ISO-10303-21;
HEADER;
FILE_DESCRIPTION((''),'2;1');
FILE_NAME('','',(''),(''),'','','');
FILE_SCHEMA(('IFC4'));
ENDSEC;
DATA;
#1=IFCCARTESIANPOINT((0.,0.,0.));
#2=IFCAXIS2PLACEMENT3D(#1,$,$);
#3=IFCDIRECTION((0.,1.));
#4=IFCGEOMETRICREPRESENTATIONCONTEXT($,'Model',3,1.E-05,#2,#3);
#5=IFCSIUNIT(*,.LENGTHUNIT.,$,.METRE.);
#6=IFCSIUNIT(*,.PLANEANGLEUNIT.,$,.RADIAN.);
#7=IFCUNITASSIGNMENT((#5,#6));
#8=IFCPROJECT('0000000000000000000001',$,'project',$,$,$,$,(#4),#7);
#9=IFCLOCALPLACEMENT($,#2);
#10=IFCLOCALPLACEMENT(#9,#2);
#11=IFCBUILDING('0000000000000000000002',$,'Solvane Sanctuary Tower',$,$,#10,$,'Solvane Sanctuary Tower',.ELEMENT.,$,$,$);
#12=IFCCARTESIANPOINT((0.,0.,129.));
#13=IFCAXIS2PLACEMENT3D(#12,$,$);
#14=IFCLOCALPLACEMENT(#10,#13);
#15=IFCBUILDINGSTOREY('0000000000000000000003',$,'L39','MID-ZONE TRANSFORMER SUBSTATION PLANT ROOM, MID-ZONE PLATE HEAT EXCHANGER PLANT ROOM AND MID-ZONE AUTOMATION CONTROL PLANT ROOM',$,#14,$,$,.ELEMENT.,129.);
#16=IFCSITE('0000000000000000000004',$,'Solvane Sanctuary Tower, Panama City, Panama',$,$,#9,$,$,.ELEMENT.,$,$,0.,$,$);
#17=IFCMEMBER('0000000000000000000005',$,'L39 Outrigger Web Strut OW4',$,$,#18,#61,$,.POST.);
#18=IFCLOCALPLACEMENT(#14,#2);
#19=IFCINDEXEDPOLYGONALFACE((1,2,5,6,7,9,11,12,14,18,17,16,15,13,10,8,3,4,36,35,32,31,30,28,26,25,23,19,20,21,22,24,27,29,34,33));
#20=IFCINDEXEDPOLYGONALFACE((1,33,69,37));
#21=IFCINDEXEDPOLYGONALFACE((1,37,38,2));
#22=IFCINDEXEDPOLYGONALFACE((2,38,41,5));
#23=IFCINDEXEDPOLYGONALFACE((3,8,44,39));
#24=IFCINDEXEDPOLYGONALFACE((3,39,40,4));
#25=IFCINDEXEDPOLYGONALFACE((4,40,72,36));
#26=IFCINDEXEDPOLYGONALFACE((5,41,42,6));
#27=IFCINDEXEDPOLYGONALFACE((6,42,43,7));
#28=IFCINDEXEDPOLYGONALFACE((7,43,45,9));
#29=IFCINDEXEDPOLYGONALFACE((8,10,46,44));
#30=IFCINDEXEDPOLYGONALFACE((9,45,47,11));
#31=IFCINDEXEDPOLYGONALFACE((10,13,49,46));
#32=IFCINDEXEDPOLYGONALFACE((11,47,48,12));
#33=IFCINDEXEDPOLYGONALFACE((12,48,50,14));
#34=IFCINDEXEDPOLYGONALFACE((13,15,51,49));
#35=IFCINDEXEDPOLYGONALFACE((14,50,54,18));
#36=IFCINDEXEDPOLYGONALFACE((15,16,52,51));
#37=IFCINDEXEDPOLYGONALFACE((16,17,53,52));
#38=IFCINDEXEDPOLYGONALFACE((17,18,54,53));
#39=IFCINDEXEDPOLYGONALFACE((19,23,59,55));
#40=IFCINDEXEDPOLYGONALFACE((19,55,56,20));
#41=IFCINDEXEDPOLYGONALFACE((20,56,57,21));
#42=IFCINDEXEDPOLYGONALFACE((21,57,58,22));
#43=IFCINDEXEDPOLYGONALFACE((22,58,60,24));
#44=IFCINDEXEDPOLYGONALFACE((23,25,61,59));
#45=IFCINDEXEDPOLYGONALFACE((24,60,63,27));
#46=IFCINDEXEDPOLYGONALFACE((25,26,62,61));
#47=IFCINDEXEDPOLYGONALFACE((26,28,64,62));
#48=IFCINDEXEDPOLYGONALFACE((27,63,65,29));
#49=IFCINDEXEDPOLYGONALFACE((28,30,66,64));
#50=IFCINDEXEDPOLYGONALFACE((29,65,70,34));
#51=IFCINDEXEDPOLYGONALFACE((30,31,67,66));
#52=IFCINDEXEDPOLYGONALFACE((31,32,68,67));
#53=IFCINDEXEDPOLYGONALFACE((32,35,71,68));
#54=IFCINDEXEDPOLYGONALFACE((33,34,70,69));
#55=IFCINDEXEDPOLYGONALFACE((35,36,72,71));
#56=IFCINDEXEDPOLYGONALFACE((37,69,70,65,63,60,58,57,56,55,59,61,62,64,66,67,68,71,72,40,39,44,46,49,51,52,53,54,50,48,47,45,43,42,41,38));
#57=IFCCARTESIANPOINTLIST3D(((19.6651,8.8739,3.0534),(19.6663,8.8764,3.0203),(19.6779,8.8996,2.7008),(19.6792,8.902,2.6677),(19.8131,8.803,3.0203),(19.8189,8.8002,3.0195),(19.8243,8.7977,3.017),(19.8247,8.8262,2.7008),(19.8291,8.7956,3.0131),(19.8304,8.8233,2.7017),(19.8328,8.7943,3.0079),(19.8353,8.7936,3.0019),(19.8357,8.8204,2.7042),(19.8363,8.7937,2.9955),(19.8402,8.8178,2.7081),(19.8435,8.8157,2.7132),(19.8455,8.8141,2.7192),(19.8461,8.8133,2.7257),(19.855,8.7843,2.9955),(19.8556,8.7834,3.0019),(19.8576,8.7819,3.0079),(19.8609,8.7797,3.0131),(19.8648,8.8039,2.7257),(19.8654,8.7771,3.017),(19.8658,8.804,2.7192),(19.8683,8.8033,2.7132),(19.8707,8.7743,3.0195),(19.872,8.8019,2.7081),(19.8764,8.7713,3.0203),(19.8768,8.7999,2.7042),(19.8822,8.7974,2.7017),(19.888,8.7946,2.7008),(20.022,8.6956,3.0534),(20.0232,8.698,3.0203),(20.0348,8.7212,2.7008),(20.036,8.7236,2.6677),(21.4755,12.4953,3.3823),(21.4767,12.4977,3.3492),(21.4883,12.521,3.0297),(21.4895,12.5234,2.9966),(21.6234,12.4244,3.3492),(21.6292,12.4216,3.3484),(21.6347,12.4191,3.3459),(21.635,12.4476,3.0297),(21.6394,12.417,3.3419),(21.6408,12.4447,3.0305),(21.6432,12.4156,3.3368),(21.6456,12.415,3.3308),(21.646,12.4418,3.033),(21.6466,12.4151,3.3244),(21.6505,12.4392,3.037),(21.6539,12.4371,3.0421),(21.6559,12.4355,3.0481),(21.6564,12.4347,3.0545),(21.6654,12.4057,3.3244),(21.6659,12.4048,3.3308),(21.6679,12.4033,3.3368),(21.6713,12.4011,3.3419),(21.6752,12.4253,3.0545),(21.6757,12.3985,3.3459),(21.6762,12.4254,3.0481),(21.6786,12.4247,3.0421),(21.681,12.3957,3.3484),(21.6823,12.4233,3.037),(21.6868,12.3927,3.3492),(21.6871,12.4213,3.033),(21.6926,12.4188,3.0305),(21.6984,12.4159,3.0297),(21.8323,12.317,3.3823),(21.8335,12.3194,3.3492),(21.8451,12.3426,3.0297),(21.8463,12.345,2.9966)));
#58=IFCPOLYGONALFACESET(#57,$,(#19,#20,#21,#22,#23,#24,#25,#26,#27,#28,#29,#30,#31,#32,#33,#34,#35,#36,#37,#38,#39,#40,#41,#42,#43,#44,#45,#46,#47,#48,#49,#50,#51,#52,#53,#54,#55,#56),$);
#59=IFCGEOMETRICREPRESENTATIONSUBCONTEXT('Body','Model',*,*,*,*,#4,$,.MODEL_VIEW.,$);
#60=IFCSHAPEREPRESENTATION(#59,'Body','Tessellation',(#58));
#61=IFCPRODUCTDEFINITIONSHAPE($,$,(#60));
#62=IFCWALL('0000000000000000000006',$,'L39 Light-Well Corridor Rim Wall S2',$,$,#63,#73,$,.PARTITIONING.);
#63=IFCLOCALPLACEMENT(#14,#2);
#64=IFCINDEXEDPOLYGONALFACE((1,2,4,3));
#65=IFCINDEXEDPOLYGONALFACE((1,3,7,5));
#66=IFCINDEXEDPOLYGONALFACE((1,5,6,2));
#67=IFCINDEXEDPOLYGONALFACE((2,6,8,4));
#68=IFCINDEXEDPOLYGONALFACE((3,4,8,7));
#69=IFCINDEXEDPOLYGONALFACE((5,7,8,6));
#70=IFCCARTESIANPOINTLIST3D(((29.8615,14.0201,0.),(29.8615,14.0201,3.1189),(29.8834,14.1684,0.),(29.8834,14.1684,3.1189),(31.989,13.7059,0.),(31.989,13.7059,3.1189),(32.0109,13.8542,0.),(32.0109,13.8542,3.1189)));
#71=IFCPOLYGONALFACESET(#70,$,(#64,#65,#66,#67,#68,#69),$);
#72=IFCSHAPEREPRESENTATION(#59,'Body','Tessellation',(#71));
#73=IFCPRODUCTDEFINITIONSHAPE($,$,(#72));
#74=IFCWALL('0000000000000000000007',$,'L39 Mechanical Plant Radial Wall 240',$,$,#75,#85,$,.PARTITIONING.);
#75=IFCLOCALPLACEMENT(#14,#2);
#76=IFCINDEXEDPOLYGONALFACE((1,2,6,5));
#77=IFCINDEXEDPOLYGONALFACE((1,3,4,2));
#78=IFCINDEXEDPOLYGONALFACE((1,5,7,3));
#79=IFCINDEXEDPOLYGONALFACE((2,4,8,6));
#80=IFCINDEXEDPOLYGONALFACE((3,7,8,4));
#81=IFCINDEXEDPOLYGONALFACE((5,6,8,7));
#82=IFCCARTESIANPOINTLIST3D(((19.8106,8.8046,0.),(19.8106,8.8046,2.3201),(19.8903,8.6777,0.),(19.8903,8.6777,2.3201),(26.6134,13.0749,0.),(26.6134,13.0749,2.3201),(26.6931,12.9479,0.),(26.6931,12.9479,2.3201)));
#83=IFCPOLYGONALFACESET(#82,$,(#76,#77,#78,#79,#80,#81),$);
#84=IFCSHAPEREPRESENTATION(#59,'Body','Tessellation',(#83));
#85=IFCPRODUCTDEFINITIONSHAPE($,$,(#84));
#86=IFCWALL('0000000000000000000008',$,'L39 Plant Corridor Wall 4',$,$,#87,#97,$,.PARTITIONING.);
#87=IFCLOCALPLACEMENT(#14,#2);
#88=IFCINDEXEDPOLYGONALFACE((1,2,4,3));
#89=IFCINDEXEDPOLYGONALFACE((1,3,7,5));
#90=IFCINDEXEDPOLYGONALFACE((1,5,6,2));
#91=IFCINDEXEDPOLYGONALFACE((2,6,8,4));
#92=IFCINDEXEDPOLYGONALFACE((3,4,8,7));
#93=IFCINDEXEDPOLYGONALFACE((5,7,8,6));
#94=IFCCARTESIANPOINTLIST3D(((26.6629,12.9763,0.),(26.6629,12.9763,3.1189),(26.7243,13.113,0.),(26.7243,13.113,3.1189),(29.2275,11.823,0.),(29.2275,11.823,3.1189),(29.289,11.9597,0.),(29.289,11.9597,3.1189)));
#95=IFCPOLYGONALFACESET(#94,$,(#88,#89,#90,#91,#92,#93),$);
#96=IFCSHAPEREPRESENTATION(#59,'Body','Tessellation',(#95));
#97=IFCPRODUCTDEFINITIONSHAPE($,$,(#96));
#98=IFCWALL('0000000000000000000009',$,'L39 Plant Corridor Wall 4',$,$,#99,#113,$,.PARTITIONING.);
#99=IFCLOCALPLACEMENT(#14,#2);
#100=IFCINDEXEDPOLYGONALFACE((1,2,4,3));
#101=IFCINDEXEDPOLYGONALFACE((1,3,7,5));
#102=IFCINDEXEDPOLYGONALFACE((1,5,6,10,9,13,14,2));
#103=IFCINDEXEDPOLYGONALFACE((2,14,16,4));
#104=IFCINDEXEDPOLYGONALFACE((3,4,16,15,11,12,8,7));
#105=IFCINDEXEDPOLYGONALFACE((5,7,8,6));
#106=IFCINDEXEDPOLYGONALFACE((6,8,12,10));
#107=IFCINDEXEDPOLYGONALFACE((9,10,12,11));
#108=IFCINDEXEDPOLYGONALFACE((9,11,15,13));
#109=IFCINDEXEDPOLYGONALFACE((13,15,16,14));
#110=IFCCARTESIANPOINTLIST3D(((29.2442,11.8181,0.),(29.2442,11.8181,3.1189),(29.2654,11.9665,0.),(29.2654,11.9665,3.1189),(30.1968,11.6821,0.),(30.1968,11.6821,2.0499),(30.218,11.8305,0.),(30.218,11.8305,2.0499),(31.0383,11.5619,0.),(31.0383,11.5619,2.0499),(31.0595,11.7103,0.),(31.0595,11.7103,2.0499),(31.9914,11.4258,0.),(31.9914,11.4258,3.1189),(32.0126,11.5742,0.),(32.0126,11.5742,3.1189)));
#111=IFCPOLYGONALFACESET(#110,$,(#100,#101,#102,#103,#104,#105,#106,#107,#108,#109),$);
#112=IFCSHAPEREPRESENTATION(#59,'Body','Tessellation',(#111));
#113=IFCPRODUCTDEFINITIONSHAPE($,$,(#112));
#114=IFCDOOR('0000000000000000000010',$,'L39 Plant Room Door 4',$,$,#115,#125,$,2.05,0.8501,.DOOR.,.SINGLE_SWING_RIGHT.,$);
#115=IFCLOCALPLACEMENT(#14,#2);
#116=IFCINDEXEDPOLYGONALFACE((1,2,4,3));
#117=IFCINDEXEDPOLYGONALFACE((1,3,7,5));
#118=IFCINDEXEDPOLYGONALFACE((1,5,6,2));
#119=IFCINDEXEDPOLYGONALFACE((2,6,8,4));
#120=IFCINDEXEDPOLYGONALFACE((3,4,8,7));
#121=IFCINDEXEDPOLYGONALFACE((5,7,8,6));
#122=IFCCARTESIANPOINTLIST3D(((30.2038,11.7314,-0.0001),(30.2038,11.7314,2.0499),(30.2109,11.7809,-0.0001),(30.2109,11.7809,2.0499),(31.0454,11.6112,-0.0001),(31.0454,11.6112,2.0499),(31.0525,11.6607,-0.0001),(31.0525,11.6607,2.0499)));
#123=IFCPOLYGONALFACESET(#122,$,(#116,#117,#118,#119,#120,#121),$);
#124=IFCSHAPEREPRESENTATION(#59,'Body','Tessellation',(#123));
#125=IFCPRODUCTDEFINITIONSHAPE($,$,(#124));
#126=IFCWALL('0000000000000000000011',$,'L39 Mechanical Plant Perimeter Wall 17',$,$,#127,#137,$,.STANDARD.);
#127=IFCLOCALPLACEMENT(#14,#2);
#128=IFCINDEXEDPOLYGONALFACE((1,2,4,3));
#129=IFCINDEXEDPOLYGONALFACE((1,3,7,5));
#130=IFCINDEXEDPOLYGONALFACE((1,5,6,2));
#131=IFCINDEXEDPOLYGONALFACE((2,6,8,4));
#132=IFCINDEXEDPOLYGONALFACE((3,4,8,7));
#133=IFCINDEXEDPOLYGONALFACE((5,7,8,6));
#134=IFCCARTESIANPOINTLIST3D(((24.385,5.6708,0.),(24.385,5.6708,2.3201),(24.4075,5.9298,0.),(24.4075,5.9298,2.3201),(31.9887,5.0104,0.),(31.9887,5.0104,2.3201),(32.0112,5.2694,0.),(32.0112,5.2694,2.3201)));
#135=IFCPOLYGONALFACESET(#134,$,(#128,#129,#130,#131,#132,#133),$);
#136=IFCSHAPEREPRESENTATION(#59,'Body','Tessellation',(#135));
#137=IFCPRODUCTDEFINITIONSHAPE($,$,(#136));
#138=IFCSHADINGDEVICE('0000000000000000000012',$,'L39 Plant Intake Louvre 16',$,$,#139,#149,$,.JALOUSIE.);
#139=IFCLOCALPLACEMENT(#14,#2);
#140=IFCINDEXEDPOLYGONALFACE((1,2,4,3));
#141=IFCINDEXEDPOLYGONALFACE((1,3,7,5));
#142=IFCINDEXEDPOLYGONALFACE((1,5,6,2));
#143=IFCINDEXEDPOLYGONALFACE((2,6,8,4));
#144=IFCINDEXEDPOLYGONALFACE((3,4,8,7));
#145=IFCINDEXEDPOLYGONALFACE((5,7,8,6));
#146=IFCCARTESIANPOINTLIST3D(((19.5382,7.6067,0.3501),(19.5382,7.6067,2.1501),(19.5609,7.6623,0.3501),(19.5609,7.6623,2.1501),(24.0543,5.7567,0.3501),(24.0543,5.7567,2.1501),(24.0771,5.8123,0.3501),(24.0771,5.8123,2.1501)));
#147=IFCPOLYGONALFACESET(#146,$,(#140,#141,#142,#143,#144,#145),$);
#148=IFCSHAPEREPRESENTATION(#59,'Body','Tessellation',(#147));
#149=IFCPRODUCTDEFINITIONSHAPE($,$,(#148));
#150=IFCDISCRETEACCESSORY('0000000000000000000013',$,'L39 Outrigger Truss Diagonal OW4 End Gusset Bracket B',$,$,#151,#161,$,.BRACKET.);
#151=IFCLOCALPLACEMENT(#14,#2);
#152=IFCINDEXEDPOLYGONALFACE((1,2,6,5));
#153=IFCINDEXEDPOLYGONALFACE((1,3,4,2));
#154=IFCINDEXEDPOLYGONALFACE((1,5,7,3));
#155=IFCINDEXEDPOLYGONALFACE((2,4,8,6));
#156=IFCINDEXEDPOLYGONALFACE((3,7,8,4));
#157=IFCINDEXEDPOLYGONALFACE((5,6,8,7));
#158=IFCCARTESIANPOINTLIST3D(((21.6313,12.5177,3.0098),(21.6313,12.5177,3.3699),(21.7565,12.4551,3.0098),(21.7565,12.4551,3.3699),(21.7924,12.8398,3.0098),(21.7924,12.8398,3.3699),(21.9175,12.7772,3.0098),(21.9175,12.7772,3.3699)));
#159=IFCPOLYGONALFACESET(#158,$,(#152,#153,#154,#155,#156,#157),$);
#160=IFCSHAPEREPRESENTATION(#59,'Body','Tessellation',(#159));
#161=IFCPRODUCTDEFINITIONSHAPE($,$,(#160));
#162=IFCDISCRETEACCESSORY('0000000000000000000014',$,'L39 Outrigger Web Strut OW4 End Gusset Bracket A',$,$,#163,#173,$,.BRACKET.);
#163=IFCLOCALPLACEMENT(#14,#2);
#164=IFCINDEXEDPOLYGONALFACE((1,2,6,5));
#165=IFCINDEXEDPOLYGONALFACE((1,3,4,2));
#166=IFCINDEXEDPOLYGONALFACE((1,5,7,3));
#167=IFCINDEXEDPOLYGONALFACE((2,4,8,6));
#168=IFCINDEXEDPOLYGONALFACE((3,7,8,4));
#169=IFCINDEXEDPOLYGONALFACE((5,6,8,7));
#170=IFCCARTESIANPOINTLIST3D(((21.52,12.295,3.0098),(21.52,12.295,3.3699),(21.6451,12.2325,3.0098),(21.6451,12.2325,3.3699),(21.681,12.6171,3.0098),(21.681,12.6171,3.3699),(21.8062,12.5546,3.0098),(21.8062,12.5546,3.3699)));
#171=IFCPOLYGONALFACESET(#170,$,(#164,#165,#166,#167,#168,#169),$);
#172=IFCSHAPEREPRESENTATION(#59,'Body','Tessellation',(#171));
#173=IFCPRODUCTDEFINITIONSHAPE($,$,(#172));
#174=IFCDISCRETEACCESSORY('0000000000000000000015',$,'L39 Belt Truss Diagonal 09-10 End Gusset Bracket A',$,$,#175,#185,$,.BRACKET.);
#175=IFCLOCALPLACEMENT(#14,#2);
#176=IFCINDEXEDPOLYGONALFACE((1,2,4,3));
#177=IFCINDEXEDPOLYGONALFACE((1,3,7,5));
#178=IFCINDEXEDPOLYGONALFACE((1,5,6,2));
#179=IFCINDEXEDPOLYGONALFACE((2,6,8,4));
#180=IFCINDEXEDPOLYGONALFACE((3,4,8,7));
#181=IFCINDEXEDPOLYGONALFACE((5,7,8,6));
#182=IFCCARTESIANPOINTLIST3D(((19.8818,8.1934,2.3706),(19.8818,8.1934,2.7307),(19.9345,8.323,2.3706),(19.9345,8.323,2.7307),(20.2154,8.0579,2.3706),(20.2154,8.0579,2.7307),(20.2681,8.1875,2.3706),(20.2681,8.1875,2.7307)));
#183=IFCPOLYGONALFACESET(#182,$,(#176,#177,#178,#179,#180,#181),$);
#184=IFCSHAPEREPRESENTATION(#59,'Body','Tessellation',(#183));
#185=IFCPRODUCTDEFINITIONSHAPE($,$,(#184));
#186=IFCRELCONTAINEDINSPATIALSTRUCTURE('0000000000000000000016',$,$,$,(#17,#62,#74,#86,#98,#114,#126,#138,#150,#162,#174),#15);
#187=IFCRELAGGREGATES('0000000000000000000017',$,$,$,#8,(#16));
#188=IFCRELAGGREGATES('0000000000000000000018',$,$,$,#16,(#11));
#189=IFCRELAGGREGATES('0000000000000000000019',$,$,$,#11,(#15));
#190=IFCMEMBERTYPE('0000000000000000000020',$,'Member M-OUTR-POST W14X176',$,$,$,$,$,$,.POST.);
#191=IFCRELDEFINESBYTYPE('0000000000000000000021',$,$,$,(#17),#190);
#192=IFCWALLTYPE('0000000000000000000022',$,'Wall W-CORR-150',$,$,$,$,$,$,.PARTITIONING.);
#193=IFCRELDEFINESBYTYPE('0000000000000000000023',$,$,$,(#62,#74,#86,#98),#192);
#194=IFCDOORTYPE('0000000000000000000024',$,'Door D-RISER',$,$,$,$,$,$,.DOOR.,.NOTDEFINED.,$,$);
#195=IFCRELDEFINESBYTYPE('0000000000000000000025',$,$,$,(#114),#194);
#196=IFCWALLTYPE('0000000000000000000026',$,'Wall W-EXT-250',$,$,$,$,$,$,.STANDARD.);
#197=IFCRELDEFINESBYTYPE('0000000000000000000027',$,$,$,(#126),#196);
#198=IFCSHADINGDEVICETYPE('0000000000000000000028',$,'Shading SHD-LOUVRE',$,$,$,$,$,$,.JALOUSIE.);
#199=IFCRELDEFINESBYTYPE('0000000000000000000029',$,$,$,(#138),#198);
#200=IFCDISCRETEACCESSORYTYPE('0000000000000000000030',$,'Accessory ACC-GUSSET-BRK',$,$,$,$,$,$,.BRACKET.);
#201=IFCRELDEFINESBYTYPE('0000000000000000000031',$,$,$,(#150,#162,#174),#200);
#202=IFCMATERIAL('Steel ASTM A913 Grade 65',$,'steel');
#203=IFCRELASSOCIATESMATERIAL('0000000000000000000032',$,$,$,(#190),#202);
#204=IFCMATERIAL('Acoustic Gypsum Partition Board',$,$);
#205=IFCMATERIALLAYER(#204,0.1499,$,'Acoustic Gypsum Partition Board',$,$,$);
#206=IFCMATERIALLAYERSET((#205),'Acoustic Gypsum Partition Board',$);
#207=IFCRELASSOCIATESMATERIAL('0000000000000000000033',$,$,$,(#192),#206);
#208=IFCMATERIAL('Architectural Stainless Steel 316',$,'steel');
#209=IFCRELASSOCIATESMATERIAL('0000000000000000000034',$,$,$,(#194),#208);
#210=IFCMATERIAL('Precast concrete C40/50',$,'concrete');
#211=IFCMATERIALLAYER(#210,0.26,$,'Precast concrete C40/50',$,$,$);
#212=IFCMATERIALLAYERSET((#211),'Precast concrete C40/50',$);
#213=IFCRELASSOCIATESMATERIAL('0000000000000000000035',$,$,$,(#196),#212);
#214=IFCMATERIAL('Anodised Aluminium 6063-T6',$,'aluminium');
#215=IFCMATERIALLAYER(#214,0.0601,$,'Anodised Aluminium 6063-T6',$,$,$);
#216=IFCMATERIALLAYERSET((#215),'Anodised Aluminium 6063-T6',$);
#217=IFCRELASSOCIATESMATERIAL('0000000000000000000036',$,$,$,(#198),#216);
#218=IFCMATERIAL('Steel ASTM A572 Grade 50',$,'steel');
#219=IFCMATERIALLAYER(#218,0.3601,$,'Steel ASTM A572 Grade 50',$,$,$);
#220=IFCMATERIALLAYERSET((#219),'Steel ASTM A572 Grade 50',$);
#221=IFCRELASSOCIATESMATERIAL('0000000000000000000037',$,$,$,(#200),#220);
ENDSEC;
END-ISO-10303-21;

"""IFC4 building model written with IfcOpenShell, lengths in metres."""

from ifc_helpers import new_model, si_unit, direction, frame, frame_2d, origin, origin_2d, place, context, subcontext, project, spatial, rectangle, i_section, extrude, material, layer, layer_set, material_profile, profile_set, type_object, element, fill, save


model = new_model("IFC4")

# Units and contexts
model_context = context("Model", 3, precision=1e-05, world=origin(), true_north=direction((0.0, 1.0)))
body_context = subcontext(model_context, "Body", "Model", "MODEL_VIEW")
ifc_project = project(units=[si_unit("LENGTHUNIT", "METRE"), si_unit("PLANEANGLEUNIT", "RADIAN")], contexts=[model_context])

# Site, building, storey
site_placement = place(None, origin())
site = spatial("IfcSite", under=ifc_project, at=site_placement, Name="Solvane Sanctuary Tower, Panama City, Panama", CompositionType="ELEMENT", RefElevation=0.0)
building_placement = place(site_placement, origin())
building = spatial("IfcBuilding", under=site, at=building_placement, Name="Solvane Sanctuary Tower", LongName="Solvane Sanctuary Tower", CompositionType="ELEMENT")
storey_placement = place(building_placement, frame((0.0, 0.0, 129.0)))
storey = spatial("IfcBuildingStorey", under=building, at=storey_placement, Name="L39", Description="MID-ZONE TRANSFORMER SUBSTATION PLANT ROOM, MID-ZONE PLATE HEAT EXCHANGER PLANT ROOM AND MID-ZONE AUTOMATION CONTROL PLANT ROOM", CompositionType="ELEMENT", Elevation=129.0)

# Shared definitions
ifc_material_1 = material(Name="Steel ASTM A913 Grade 65", Category="steel")

# Member
ifc_material_profile_1 = material_profile(ifc_material_1, i_section(OverallWidth=0.3989, OverallDepth=0.387, WebThickness=0.021, FlangeThickness=0.0332, FilletRadius=0.0249, at=origin_2d()), Name="W14X176")
ifc_profile_set_1 = profile_set([ifc_material_profile_1], Name="Steel ASTM A913 Grade 65")
member_type_1 = type_object("IfcMemberType", Name="Member M-OUTR-POST W14X176", PredefinedType="POST", material=ifc_profile_set_1)
member_1_placement = place(storey_placement, frame((21.6609, 12.4202, 3.1895), z_axis=(-0.445673, -0.891527, -0.08096), x_axis=(0.894463, -0.447141, 0.0)))
element("IfcMember", 1, at=member_1_placement, inside=storey, type_object=member_type_1, Name="L39 Outrigger Web Strut OW4", PredefinedType="POST", context=body_context, shape_type="SweptSolid", body=[
    extrude(i_section(OverallWidth=0.3989, OverallDepth=0.387, WebThickness=0.021, FlangeThickness=0.0332, FilletRadius=0.0249, at=origin_2d()), origin(), (0.0, 0.0, 1.0), 4.062),
])

# Walls
ifc_material_2 = material(Name="Acoustic Gypsum Partition Board")
ifc_layer_1 = layer(ifc_material_2, 0.1499, Name="Acoustic Gypsum Partition Board")
ifc_layer_set_1 = layer_set([ifc_layer_1], Name="Acoustic Gypsum Partition Board")
wall_type_1 = type_object("IfcWallType", Name="Wall W-CORR-150", PredefinedType="PARTITIONING", material=ifc_layer_set_1)
wall_1_placement = place(storey_placement, frame((29.8726, 14.0942, 0.0), z_axis=(0.0, 0.0, 1.0), x_axis=(0.989269, -0.146108, 0.0)))
element("IfcWall", 2, at=wall_1_placement, inside=storey, type_object=wall_type_1, Name="L39 Light-Well Corridor Rim Wall S2", PredefinedType="PARTITIONING", context=body_context, shape_type="SweptSolid", body=[
    extrude(rectangle(XDim=2.1506, YDim=0.1499, at=frame_2d((1.0752, 0.0))), origin(), (0.0, 0.0, 1.0), 3.1189),
])
wall_2_placement = place(storey_placement, frame((26.6533, 13.0115, 0.0), z_axis=(0.0, 0.0, 1.0), x_axis=(-0.846958, -0.531659, 0.0)))
element("IfcWall", 3, at=wall_2_placement, inside=storey, type_object=wall_type_1, Name="L39 Mechanical Plant Radial Wall 240", PredefinedType="PARTITIONING", context=body_context, shape_type="SweptSolid", body=[
    extrude(rectangle(XDim=8.032, YDim=0.1499, at=frame_2d((4.0161, 0.0))), origin(), (0.0, 0.0, 1.0), 2.3201),
])
wall_3_placement = place(storey_placement, frame((26.6936, 13.0447, 0.0), z_axis=(0.0, 0.0, 1.0), x_axis=(0.912027, -0.41013, 0.0)))
element("IfcWall", 4, at=wall_3_placement, inside=storey, type_object=wall_type_1, Name="L39 Plant Corridor Wall 4", PredefinedType="PARTITIONING", context=body_context, shape_type="SweptSolid", body=[
    extrude(rectangle(XDim=2.812, YDim=0.1499, at=frame_2d((1.406, 0.0))), origin(), (0.0, 0.0, 1.0), 3.1189),
])

# Wall, opening, door
wall_4_placement = place(storey_placement, frame((29.2546, 11.8923, 0.0), z_axis=(0.0, 0.0, 1.0), x_axis=(0.989957, -0.141372, 0.0)))
wall_4 = element("IfcWall", 5, at=wall_4_placement, inside=storey, type_object=wall_type_1, Name="L39 Plant Corridor Wall 4", PredefinedType="PARTITIONING", context=body_context, shape_type="SweptSolid", body=[
    extrude(rectangle(XDim=2.7751, YDim=0.1499, at=frame_2d((1.3877, 0.0))), origin(), (0.0, 0.0, 1.0), 3.1189),
])
opening_placement = place(wall_4_placement, frame((0.9624, 0.0, 0.0)))
opening = element("IfcOpeningElement", 6, at=opening_placement, cuts=wall_4, PredefinedType="OPENING", context=body_context, shape_type="SweptSolid", body=[
    extrude(rectangle(XDim=0.8501, YDim=2.05, at=frame_2d((0.425, 1.0249))), frame((0.0, 0.085, 0.0), z_axis=(0.0, -1.0, 0.0), x_axis=(1.0, 0.0, 0.0)), (0.0, 0.0, 1.0), 0.1699),
])
ifc_material_3 = material(Name="Architectural Stainless Steel 316", Category="steel")
door_type = type_object("IfcDoorType", Name="Door D-RISER", OperationType="NOTDEFINED", PredefinedType="DOOR", material=ifc_material_3)
door_placement = place(opening_placement, origin())
door = element("IfcDoor", 7, at=door_placement, inside=storey, type_object=door_type, Name="L39 Plant Room Door 4", OperationType="SINGLE_SWING_RIGHT", OverallHeight=2.05, OverallWidth=0.8501, PredefinedType="DOOR", context=body_context, shape_type="SweptSolid", body=[
    extrude(rectangle(XDim=0.8501, YDim=2.05, at=frame_2d((0.425, 1.0249))), frame((0.0, 0.0249, 0.0), z_axis=(0.0, -1.0, 0.0), x_axis=(1.0, 0.0, 0.0)), (0.0, 0.0, 1.0), 0.05),
])
fill(opening, door)

# Wall
ifc_material_4 = material(Name="Precast concrete C40/50", Category="concrete")
ifc_layer_2 = layer(ifc_material_4, 0.26, Name="Precast concrete C40/50")
ifc_layer_set_2 = layer_set([ifc_layer_2], Name="Precast concrete C40/50")
wall_type_2 = type_object("IfcWallType", Name="Wall W-EXT-250", PredefinedType="STANDARD", material=ifc_layer_set_2)
wall_5_placement = place(storey_placement, frame((24.3962, 5.8003, 0.0), z_axis=(0.0, 0.0, 1.0), x_axis=(0.99625, -0.086526, 0.0)))
element("IfcWall", 8, at=wall_5_placement, inside=storey, type_object=wall_type_2, Name="L39 Mechanical Plant Perimeter Wall 17", PredefinedType="STANDARD", context=body_context, shape_type="SweptSolid", body=[
    extrude(rectangle(XDim=7.6323, YDim=0.26, at=frame_2d((3.8162, 0.0))), origin(), (0.0, 0.0, 1.0), 2.3201),
])

# Shading device
ifc_material_5 = material(Name="Anodised Aluminium 6063-T6", Category="aluminium")
ifc_layer_3 = layer(ifc_material_5, 0.0601, Name="Anodised Aluminium 6063-T6")
ifc_layer_set_3 = layer_set([ifc_layer_3], Name="Anodised Aluminium 6063-T6")
shading_device_type = type_object("IfcShadingDeviceType", Name="Shading SHD-LOUVRE", PredefinedType="JALOUSIE", material=ifc_layer_set_3)
shading_device_placement = place(storey_placement, frame((21.8076, 6.7095, 0.3501), z_axis=(0.0, 0.0, 1.0), x_axis=(0.925369, -0.379067, 0.0)))
element("IfcShadingDevice", 9, at=shading_device_placement, inside=storey, type_object=shading_device_type, Name="L39 Plant Intake Louvre 16", PredefinedType="JALOUSIE", context=body_context, shape_type="SweptSolid", body=[
    extrude(rectangle(XDim=4.8804, YDim=0.0601, at=origin_2d()), origin(), (0.0, 0.0, 1.0), 1.8),
])

# Discrete accessories
ifc_material_6 = material(Name="Steel ASTM A572 Grade 50", Category="steel")
ifc_layer_4 = layer(ifc_material_6, 0.3601, Name="Steel ASTM A572 Grade 50")
ifc_layer_set_4 = layer_set([ifc_layer_4], Name="Steel ASTM A572 Grade 50")
discrete_accessory_type = type_object("IfcDiscreteAccessoryType", Name="Accessory ACC-GUSSET-BRK", PredefinedType="BRACKET", material=ifc_layer_set_4)
for number, where, z_axis, x_axis, name in (
    (10, (21.7744, 12.6475, 3.0098), (0.0, 0.0, 1.0), (-0.447135, -0.894467, 0.0), "L39 Outrigger Truss Diagonal OW4 End Gusset Bracket B"),
    (11, (21.6631, 12.4248, 3.0098), (0.0, 0.0, 1.0), (-0.447135, -0.894467, 0.0), "L39 Outrigger Web Strut OW4 End Gusset Bracket A"),
    (12, (20.075, 8.1904, 2.3706), (0.0, 0.0, 1.0), (0.926463, -0.376386, 0.0), "L39 Belt Truss Diagonal 09-10 End Gusset Bracket A"),
):
    element("IfcDiscreteAccessory", number, at=place(storey_placement, frame(where, z_axis=z_axis, x_axis=x_axis)), inside=storey, type_object=discrete_accessory_type, Name=name, PredefinedType="BRACKET", context=body_context, shape_type="SweptSolid", body=[
        extrude(rectangle(XDim=0.3601, YDim=0.1399, at=origin_2d()), origin(), (0.0, 0.0, 1.0), 0.3601),
    ])

save(model, "model.ifc")
